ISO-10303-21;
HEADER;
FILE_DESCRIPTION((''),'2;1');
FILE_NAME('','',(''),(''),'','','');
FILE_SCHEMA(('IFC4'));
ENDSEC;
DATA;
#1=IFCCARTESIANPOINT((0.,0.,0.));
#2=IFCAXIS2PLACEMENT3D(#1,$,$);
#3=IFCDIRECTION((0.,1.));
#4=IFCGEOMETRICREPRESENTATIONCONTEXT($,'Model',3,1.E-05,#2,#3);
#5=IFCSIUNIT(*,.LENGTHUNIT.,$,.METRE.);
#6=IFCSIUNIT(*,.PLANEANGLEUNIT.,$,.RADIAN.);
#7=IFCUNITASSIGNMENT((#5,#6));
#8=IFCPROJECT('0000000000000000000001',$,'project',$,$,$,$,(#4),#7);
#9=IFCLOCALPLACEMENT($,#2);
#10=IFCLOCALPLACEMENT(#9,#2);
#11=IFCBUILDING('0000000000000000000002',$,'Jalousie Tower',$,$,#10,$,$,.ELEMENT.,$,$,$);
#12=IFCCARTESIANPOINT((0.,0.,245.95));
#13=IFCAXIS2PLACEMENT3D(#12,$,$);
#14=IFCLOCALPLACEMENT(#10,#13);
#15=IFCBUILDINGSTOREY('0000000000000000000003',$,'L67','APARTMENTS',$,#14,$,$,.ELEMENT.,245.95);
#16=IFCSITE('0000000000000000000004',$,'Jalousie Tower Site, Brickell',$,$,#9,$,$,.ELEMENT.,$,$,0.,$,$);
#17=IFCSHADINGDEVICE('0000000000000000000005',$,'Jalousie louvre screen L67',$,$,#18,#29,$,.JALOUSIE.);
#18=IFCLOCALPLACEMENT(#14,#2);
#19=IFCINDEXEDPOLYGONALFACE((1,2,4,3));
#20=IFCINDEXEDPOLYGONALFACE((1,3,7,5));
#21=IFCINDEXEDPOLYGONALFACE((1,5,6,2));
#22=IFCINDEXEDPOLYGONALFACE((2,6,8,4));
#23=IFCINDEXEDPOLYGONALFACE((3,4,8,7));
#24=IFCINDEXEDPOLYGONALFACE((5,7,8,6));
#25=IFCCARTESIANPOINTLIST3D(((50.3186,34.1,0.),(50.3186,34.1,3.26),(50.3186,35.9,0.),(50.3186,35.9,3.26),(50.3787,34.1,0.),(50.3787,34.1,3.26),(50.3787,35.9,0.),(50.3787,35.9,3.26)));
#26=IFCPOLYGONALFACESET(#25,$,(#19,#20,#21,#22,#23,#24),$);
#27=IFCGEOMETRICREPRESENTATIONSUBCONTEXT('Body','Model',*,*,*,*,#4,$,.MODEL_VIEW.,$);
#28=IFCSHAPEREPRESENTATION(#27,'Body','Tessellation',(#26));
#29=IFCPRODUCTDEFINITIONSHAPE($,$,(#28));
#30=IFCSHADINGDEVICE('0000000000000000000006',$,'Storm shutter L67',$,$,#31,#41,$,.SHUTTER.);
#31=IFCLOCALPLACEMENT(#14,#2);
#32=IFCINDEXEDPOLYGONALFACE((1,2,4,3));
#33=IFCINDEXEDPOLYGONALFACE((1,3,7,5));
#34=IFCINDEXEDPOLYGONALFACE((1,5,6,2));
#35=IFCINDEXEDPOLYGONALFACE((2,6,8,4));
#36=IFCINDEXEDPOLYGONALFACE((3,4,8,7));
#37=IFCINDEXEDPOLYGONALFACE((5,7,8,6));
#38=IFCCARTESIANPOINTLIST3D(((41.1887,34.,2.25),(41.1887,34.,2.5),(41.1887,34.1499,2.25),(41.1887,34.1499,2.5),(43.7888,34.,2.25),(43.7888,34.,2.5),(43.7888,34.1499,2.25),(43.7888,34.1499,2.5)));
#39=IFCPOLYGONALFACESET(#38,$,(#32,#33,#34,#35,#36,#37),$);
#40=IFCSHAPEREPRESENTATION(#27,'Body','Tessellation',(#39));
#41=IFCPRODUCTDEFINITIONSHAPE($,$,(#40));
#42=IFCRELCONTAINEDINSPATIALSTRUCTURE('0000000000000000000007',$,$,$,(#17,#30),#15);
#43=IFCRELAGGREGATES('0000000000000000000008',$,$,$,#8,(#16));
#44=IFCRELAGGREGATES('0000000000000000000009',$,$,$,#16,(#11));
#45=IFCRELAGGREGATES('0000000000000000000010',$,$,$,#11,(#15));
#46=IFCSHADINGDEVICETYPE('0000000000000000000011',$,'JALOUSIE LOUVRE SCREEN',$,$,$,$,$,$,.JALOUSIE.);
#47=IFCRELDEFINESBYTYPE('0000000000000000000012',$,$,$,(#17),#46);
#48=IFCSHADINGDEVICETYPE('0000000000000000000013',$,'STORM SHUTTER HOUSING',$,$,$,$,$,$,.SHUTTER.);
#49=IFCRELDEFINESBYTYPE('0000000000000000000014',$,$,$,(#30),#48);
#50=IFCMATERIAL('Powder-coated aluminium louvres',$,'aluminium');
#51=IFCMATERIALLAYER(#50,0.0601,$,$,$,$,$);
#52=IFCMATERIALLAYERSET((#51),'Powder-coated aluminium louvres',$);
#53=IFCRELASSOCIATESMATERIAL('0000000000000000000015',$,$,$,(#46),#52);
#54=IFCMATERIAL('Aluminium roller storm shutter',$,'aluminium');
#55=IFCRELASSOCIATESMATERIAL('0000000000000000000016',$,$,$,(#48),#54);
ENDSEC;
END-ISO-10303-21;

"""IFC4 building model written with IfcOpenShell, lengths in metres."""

from ifc_helpers import new_model, si_unit, direction, frame, origin, origin_2d, place, context, subcontext, project, spatial, rectangle, extrude, material, layer, layer_set, type_object, element, save


model = new_model("IFC4")

# Units and contexts
model_context = context("Model", 3, precision=1e-05, world=origin(), true_north=direction((0.0, 1.0)))
body_context = subcontext(model_context, "Body", "Model", "MODEL_VIEW")
ifc_project = project(units=[si_unit("LENGTHUNIT", "METRE"), si_unit("PLANEANGLEUNIT", "RADIAN")], contexts=[model_context])

# Site, building, storey
site_placement = place(None, origin())
site = spatial("IfcSite", under=ifc_project, at=site_placement, Name="Jalousie Tower Site, Brickell", CompositionType="ELEMENT", RefElevation=0.0)
building_placement = place(site_placement, origin())
building = spatial("IfcBuilding", under=site, at=building_placement, Name="Jalousie Tower", CompositionType="ELEMENT")
storey_placement = place(building_placement, frame((0.0, 0.0, 245.95)))
storey = spatial("IfcBuildingStorey", under=building, at=storey_placement, Name="L67", Description="APARTMENTS", CompositionType="ELEMENT", Elevation=245.95)

# Shading devices
ifc_material_1 = material(Name="Powder-coated aluminium louvres", Category="aluminium")
ifc_layer_1 = layer(ifc_material_1, 0.0601)
ifc_layer_set_1 = layer_set([ifc_layer_1], Name="Powder-coated aluminium louvres")
shading_device_type_1 = type_object("IfcShadingDeviceType", Name="JALOUSIE LOUVRE SCREEN", PredefinedType="JALOUSIE", material=ifc_layer_set_1)
shading_device_1_placement = place(storey_placement, frame((50.3486, 35.0, 0.0), z_axis=(0.0, 0.0, 1.0), x_axis=(-1.0, 0.0, 0.0)))
element("IfcShadingDevice", 1, at=shading_device_1_placement, inside=storey, type_object=shading_device_type_1, Name="Jalousie louvre screen L67", PredefinedType="JALOUSIE", context=body_context, shape_type="SweptSolid", body=[
    extrude(rectangle(XDim=0.0601, YDim=1.8, at=origin_2d()), origin(), (0.0, 0.0, 1.0), 3.26),
])
ifc_material_2 = material(Name="Aluminium roller storm shutter", Category="aluminium")
shading_device_type_2 = type_object("IfcShadingDeviceType", Name="STORM SHUTTER HOUSING", PredefinedType="SHUTTER", material=ifc_material_2)
shading_device_2_placement = place(storey_placement, frame((42.4888, 34.075, 2.25), z_axis=(0.0, 0.0, 1.0), x_axis=(-1.0, 0.0, 0.0)))
element("IfcShadingDevice", 2, at=shading_device_2_placement, inside=storey, type_object=shading_device_type_2, Name="Storm shutter L67", PredefinedType="SHUTTER", context=body_context, shape_type="SweptSolid", body=[
    extrude(rectangle(XDim=2.6001, YDim=0.1499, at=origin_2d()), origin(), (0.0, 0.0, 1.0), 0.25),
])

save(model, "model.ifc")
